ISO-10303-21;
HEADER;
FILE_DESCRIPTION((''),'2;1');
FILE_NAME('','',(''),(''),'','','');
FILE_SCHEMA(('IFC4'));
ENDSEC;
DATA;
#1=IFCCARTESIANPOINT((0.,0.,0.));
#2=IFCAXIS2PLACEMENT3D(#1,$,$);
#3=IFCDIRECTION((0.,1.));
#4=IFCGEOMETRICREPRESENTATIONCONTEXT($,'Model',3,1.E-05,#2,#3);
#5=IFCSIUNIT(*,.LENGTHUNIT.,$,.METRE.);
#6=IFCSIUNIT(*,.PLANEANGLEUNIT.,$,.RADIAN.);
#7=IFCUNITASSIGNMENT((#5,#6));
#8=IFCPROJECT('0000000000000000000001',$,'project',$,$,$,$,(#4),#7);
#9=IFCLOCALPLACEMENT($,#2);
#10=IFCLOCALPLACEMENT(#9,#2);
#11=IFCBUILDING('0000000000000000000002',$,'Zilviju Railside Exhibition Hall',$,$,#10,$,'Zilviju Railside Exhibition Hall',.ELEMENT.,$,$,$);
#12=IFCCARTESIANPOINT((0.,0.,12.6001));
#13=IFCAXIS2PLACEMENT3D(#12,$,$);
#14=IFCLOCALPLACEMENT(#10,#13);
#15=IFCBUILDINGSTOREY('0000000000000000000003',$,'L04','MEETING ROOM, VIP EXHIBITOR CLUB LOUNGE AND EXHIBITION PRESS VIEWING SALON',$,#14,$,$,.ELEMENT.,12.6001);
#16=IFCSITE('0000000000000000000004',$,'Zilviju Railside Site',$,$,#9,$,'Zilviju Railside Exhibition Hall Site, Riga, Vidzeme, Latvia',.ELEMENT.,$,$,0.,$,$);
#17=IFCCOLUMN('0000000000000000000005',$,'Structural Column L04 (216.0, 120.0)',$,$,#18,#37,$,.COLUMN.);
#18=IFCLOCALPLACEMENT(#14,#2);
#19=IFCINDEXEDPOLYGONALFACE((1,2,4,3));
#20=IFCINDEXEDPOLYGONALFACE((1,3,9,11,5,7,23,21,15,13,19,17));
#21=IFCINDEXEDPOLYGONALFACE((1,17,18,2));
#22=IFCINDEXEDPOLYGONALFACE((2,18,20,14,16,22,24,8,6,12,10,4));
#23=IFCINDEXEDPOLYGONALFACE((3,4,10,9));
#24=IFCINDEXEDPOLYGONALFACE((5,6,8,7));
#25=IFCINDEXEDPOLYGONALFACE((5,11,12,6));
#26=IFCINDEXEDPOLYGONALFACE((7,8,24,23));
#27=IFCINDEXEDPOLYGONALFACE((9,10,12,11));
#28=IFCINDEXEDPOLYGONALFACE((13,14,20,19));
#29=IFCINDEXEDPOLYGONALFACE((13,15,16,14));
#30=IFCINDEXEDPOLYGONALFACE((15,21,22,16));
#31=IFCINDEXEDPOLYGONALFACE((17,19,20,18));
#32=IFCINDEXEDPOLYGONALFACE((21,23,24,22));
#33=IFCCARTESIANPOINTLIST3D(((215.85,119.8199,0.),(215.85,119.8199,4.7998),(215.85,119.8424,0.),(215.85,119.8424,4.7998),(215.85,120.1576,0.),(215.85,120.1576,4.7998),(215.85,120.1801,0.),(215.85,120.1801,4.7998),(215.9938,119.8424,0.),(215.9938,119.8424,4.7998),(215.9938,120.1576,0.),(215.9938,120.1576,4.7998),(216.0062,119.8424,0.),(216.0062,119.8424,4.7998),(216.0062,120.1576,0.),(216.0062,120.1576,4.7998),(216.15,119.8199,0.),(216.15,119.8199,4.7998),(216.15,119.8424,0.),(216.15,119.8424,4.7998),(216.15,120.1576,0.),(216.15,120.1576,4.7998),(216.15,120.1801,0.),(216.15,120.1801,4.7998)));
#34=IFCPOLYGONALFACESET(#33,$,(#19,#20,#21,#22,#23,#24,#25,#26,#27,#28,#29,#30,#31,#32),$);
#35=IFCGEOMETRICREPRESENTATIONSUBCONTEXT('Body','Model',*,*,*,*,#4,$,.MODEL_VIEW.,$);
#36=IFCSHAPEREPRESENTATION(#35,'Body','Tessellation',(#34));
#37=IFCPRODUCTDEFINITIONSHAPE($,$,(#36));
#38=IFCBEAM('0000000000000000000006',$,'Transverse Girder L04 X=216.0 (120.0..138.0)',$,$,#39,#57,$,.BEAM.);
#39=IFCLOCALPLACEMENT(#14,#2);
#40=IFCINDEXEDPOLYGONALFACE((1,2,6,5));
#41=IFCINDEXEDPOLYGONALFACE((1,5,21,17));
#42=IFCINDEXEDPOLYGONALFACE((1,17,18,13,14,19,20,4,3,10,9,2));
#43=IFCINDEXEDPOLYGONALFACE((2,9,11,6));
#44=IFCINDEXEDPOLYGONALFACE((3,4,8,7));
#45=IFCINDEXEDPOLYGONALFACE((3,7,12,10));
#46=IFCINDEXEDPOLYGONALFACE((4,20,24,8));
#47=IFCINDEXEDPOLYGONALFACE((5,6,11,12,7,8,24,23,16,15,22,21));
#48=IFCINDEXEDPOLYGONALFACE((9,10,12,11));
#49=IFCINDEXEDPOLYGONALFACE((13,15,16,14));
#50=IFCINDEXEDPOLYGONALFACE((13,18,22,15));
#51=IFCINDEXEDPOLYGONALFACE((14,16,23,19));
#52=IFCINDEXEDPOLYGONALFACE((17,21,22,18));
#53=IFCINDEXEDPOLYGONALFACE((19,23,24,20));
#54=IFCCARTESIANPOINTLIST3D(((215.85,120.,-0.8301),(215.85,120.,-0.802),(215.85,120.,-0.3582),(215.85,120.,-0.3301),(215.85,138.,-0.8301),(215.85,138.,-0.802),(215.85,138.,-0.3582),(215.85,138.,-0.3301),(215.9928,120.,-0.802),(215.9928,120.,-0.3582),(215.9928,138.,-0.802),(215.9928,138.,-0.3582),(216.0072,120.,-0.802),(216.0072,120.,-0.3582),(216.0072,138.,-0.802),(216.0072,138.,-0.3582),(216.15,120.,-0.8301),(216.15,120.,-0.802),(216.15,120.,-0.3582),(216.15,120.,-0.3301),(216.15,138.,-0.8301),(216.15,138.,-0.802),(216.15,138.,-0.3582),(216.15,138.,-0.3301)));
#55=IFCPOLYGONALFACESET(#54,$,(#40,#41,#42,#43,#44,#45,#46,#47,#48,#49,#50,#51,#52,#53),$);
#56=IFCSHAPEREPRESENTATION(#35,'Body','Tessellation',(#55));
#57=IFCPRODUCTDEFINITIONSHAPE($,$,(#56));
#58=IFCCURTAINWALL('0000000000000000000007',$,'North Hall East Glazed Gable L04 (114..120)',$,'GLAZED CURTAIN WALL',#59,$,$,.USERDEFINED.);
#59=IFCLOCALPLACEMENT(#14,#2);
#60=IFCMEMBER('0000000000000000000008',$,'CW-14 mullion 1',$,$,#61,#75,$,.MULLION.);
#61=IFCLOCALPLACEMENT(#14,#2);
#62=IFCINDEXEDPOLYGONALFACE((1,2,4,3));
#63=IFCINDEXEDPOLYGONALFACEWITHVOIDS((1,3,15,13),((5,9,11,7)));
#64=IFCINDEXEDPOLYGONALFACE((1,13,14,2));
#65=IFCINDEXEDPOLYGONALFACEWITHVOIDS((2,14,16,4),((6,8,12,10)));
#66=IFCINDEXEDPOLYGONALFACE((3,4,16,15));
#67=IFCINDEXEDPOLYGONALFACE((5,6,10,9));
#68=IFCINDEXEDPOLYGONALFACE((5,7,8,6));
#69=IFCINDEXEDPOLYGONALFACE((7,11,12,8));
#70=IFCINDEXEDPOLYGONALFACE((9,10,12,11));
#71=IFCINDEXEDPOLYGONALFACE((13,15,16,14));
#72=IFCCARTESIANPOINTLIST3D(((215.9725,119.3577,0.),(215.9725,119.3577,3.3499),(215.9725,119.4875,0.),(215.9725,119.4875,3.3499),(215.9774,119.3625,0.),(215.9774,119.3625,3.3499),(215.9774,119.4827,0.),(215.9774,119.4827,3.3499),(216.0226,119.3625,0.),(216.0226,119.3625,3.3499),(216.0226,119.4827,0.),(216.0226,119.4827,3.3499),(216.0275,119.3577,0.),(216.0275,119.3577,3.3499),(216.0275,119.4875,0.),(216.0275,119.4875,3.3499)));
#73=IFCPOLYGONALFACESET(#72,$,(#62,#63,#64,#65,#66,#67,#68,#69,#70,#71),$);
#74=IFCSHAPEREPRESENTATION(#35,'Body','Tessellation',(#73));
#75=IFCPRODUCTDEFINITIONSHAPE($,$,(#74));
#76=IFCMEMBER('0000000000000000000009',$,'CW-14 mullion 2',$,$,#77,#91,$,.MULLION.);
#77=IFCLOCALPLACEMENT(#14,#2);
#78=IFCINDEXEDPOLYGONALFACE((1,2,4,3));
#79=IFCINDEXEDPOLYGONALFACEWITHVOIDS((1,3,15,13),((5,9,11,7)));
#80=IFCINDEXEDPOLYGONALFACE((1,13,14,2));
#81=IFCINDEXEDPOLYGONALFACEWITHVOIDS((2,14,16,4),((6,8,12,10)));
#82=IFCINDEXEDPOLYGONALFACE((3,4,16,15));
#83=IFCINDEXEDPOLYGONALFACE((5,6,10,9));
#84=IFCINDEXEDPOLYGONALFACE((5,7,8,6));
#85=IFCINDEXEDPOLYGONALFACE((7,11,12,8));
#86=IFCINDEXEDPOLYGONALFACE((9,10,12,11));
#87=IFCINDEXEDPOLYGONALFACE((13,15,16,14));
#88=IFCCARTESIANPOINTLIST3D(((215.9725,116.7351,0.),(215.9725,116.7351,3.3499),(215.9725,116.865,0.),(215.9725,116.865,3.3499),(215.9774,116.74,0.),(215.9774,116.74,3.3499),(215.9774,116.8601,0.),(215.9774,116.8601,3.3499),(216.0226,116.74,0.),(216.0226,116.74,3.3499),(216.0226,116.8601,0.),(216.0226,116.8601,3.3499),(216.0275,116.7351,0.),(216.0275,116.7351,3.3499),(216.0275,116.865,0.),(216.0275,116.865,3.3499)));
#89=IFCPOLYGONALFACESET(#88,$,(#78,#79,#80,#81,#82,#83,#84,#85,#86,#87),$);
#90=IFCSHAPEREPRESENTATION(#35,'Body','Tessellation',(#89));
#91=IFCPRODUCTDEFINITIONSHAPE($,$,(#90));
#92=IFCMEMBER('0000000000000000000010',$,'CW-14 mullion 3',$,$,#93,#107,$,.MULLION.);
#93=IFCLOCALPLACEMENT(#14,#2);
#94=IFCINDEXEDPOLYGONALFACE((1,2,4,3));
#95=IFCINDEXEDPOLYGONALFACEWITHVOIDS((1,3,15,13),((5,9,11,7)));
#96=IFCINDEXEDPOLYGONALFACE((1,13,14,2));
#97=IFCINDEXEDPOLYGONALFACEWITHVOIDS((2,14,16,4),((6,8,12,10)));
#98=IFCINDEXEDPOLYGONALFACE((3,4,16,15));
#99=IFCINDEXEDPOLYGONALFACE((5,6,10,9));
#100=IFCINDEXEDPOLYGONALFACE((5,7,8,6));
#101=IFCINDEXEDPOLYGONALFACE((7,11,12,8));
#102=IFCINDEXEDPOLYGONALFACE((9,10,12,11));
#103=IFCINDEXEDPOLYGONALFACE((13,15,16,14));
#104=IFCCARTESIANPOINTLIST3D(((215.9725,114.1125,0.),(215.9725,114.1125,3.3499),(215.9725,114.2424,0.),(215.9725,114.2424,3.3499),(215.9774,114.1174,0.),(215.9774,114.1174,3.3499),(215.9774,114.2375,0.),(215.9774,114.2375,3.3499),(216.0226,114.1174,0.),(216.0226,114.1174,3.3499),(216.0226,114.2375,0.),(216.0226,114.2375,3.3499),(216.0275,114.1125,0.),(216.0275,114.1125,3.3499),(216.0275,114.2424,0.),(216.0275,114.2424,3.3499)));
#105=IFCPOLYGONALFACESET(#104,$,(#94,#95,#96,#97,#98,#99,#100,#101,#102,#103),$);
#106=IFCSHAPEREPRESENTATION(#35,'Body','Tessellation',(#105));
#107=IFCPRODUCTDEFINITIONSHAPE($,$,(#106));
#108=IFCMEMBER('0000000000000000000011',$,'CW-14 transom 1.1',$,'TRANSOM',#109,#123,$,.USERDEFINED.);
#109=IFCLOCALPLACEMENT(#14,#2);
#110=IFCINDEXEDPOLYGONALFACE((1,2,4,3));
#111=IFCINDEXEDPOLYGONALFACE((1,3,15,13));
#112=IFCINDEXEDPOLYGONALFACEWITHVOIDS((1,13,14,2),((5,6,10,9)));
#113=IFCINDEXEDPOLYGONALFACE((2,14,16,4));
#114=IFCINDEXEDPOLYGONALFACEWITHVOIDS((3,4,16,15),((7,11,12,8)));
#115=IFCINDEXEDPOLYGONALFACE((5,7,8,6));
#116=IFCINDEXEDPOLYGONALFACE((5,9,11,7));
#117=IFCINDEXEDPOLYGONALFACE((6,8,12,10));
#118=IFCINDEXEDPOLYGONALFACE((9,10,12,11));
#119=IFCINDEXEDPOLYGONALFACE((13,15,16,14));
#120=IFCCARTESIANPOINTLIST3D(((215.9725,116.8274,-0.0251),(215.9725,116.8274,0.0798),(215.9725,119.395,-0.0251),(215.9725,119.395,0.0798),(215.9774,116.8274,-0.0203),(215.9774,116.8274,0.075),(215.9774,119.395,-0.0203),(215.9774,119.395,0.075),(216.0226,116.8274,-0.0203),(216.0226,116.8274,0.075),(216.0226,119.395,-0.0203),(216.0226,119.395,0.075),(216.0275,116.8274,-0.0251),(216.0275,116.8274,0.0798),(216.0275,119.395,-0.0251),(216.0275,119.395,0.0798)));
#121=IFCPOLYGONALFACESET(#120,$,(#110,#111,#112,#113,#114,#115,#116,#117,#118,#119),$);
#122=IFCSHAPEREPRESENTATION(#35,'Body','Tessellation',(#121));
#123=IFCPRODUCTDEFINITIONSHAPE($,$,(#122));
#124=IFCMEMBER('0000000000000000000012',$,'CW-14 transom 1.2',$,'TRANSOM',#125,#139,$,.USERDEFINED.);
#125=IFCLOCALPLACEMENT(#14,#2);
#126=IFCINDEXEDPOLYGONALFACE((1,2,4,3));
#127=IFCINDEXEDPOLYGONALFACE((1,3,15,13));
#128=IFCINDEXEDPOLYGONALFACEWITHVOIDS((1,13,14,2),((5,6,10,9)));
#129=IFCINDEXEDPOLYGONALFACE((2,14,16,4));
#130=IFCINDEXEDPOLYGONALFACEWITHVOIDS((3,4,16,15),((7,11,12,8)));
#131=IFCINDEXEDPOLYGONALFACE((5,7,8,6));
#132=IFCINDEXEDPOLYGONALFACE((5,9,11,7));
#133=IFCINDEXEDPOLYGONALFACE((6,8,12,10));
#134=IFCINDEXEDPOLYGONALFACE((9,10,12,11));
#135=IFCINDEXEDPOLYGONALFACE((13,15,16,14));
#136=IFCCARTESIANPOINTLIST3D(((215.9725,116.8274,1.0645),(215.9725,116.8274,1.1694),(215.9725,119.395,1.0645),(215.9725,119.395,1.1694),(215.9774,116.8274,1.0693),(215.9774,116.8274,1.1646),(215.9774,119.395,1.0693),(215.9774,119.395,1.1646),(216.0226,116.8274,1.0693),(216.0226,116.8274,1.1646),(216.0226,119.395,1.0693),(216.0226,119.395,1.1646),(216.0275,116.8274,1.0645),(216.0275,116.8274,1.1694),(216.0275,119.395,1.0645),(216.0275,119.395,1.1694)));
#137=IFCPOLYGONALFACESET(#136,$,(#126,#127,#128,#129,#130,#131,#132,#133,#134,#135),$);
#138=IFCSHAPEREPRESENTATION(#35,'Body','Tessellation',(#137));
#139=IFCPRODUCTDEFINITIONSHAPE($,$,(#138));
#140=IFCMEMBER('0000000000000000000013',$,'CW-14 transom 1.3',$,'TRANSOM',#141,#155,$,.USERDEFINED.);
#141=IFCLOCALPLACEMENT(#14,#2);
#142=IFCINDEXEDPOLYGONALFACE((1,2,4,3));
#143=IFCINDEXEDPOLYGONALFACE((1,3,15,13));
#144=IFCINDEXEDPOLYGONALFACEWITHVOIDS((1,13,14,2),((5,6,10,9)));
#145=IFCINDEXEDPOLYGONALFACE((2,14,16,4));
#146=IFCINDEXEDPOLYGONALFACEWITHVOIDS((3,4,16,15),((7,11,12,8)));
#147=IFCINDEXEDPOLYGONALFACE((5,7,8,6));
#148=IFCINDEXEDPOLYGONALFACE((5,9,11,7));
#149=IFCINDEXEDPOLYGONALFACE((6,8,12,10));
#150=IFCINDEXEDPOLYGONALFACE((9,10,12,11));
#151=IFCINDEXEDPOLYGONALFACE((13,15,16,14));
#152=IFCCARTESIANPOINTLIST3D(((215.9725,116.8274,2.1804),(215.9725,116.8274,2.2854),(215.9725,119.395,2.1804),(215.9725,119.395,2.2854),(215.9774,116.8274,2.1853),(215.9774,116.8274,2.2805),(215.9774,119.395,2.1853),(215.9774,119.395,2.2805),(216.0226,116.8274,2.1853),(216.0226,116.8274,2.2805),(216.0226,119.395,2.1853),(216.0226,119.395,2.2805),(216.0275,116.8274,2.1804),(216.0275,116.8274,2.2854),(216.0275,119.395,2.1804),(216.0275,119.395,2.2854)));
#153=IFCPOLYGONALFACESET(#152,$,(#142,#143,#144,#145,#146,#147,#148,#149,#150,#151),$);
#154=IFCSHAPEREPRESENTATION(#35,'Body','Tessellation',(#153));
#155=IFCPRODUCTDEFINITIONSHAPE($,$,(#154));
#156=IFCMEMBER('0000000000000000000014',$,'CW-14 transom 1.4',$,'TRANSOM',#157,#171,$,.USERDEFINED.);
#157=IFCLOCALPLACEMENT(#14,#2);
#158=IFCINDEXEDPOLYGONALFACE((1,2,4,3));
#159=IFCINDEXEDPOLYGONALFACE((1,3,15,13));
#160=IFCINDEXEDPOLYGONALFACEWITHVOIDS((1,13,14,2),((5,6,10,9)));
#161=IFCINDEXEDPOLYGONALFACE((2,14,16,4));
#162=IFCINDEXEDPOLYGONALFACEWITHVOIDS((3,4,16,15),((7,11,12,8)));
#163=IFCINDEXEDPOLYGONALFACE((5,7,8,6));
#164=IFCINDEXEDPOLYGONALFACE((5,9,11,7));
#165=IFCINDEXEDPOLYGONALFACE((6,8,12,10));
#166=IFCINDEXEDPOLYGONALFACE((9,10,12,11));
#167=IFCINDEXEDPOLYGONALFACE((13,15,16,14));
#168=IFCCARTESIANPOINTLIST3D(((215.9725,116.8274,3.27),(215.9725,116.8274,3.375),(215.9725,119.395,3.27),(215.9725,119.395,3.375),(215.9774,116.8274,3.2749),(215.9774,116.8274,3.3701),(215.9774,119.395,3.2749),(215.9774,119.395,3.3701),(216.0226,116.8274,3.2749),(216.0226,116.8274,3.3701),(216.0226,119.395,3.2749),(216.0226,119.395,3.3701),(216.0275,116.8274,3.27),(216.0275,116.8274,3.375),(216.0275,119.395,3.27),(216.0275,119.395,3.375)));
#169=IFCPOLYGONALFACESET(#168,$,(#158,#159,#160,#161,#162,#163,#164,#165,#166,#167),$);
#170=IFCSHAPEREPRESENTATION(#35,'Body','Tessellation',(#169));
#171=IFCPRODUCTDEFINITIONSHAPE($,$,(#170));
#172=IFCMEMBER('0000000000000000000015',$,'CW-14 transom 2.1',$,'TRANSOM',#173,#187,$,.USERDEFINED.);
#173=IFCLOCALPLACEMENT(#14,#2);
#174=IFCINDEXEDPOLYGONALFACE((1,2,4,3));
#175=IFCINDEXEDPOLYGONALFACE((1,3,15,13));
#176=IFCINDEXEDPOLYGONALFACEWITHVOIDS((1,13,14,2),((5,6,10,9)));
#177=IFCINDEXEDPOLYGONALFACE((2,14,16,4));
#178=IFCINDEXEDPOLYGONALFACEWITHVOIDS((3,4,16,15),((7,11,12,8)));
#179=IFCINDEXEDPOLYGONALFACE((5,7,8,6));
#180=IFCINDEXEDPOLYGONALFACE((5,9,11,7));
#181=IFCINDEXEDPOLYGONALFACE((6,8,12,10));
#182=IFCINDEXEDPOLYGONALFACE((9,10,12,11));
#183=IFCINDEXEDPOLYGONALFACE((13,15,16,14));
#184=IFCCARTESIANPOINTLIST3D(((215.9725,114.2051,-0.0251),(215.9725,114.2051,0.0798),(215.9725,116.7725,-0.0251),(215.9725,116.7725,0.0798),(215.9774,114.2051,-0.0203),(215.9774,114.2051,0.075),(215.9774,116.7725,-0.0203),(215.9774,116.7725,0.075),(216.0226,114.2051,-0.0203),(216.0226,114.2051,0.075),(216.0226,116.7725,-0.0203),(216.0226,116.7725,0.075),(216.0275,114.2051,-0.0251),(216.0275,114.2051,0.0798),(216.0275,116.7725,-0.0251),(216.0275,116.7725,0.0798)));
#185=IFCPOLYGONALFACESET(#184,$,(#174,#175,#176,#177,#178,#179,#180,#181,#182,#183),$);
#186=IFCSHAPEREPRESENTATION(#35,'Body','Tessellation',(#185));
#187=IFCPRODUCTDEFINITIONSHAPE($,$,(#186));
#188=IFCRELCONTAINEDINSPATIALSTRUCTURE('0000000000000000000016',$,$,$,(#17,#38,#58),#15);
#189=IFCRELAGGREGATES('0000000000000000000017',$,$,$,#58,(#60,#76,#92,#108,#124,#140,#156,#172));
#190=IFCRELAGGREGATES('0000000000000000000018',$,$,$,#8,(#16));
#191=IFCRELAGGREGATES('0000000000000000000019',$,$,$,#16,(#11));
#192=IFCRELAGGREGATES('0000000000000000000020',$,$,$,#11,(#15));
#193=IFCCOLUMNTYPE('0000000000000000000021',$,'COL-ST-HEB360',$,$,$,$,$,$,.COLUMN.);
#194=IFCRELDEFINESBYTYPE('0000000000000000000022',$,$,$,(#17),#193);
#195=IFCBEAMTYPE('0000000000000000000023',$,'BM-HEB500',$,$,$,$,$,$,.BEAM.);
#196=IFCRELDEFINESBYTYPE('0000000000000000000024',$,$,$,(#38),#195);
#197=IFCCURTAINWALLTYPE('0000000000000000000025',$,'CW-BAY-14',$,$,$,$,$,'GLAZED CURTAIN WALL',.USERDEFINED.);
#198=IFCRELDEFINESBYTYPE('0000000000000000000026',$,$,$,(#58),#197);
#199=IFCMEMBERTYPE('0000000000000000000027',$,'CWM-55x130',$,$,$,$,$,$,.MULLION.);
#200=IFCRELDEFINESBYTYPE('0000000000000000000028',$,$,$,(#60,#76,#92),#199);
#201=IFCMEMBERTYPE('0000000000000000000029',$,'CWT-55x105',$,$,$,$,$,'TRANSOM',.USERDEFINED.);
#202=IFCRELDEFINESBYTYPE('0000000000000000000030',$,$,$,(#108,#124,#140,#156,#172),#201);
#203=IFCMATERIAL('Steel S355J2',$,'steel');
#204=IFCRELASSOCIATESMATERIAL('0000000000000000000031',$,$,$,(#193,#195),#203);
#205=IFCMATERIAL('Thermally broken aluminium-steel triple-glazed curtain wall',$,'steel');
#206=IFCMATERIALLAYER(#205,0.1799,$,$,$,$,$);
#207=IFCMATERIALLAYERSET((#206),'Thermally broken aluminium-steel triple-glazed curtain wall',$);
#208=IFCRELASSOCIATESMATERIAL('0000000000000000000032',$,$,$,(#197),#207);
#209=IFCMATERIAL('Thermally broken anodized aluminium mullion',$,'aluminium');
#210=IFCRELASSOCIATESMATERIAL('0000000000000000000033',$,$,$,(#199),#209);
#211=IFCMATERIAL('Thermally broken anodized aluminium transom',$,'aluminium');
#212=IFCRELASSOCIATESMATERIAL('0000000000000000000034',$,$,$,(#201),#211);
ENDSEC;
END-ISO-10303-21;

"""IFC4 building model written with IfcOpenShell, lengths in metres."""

from ifc_helpers import new_model, si_unit, direction, frame, origin, origin_2d, place, context, subcontext, project, spatial, hollow_rectangle, i_section, extrude, material, layer, layer_set, material_profile, profile_set, type_object, element, aggregate, save


model = new_model("IFC4")

# Units and contexts
model_context = context("Model", 3, precision=1e-05, world=origin(), true_north=direction((0.0, 1.0)))
body_context = subcontext(model_context, "Body", "Model", "MODEL_VIEW")
ifc_project = project(units=[si_unit("LENGTHUNIT", "METRE"), si_unit("PLANEANGLEUNIT", "RADIAN")], contexts=[model_context])

# Site, building, storey
site_placement = place(None, origin())
site = spatial("IfcSite", under=ifc_project, at=site_placement, Name="Zilviju Railside Site", LongName="Zilviju Railside Exhibition Hall Site, Riga, Vidzeme, Latvia", CompositionType="ELEMENT", RefElevation=0.0)
building_placement = place(site_placement, origin())
building = spatial("IfcBuilding", under=site, at=building_placement, Name="Zilviju Railside Exhibition Hall", LongName="Zilviju Railside Exhibition Hall", CompositionType="ELEMENT")
storey_placement = place(building_placement, frame((0.0, 0.0, 12.6001)))
storey = spatial("IfcBuildingStorey", under=building, at=storey_placement, Name="L04", Description="MEETING ROOM, VIP EXHIBITOR CLUB LOUNGE AND EXHIBITION PRESS VIEWING SALON", CompositionType="ELEMENT", Elevation=12.6001)

# Column
ifc_material_1 = material(Name="Steel S355J2", Category="steel")
ifc_material_profile_1 = material_profile(ifc_material_1, i_section(OverallWidth=0.3, OverallDepth=0.3601, WebThickness=0.0125, FlangeThickness=0.0225, at=origin_2d()), Name="HEB 360")
ifc_profile_set_1 = profile_set([ifc_material_profile_1], Name="Steel S355J2")
column_type = type_object("IfcColumnType", Name="COL-ST-HEB360", PredefinedType="COLUMN", material=ifc_profile_set_1)
column_placement = place(storey_placement, frame((216.0, 120.0, 0.0), z_axis=(0.0, 0.0, 1.0), x_axis=(1.0, 0.0, 0.0)))
element("IfcColumn", 1, at=column_placement, inside=storey, type_object=column_type, Name="Structural Column L04 (216.0, 120.0)", PredefinedType="COLUMN", context=body_context, shape_type="SweptSolid", body=[
    extrude(i_section(OverallWidth=0.3, OverallDepth=0.3601, WebThickness=0.0125, FlangeThickness=0.0225, at=origin_2d()), origin(), (0.0, 0.0, 1.0), 4.7998),
])

# Beam
ifc_material_profile_2 = material_profile(ifc_material_1, i_section(OverallWidth=0.3, OverallDepth=0.5, WebThickness=0.0144, FlangeThickness=0.0281, at=origin_2d()), Name="HEB 500")
ifc_profile_set_2 = profile_set([ifc_material_profile_2], Name="Steel S355J2")
beam_type = type_object("IfcBeamType", Name="BM-HEB500", PredefinedType="BEAM", material=ifc_profile_set_2)
beam_placement = place(storey_placement, frame((216.0, 120.0, -0.5801), z_axis=(0.0, 1.0, 0.0), x_axis=(-1.0, 0.0, 0.0)))
element("IfcBeam", 2, at=beam_placement, inside=storey, type_object=beam_type, Name="Transverse Girder L04 X=216.0 (120.0..138.0)", PredefinedType="BEAM", context=body_context, shape_type="SweptSolid", body=[
    extrude(i_section(OverallWidth=0.3, OverallDepth=0.5, WebThickness=0.0144, FlangeThickness=0.0281, at=origin_2d()), origin(), (0.0, 0.0, 1.0), 18.0),
])

# Curtain wall, members
ifc_material_2 = material(Name="Thermally broken aluminium-steel triple-glazed curtain wall", Category="steel")
ifc_layer_1 = layer(ifc_material_2, 0.1799)
ifc_layer_set_1 = layer_set([ifc_layer_1], Name="Thermally broken aluminium-steel triple-glazed curtain wall")
curtain_wall_type = type_object("IfcCurtainWallType", Name="CW-BAY-14", ElementType="GLAZED CURTAIN WALL", PredefinedType="USERDEFINED", material=ifc_layer_set_1)
curtain_wall_placement = place(storey_placement, origin())
curtain_wall = element("IfcCurtainWall", 3, at=curtain_wall_placement, inside=storey, type_object=curtain_wall_type, Name="North Hall East Glazed Gable L04 (114..120)", ObjectType="GLAZED CURTAIN WALL", PredefinedType="USERDEFINED")
ifc_material_3 = material(Name="Thermally broken anodized aluminium mullion", Category="aluminium")
ifc_material_profile_3 = material_profile(ifc_material_3, hollow_rectangle(XDim=0.0549, YDim=0.1299, WallThickness=0.0049, at=origin_2d()), Name="MULLION 130x55x5")
ifc_profile_set_3 = profile_set([ifc_material_profile_3], Name="Thermally broken anodized aluminium mullion")
member_type_1 = type_object("IfcMemberType", Name="CWM-55x130", PredefinedType="MULLION", material=ifc_profile_set_3)
member_1_placement = place(storey_placement, frame((216.0, 119.4226, 0.0), z_axis=(0.0, 0.0, 1.0), x_axis=(1.0, 0.0, 0.0)))
member_1 = element("IfcMember", 4, at=member_1_placement, type_object=member_type_1, Name="CW-14 mullion 1", PredefinedType="MULLION", context=body_context, shape_type="SweptSolid", body=[
    extrude(hollow_rectangle(XDim=0.0549, YDim=0.1299, WallThickness=0.0049, at=origin_2d()), origin(), (0.0, 0.0, 1.0), 3.3499),
])
member_2_placement = place(storey_placement, frame((216.0, 116.8, 0.0), z_axis=(0.0, 0.0, 1.0), x_axis=(1.0, 0.0, 0.0)))
member_2 = element("IfcMember", 5, at=member_2_placement, type_object=member_type_1, Name="CW-14 mullion 2", PredefinedType="MULLION", context=body_context, shape_type="SweptSolid", body=[
    extrude(hollow_rectangle(XDim=0.0549, YDim=0.1299, WallThickness=0.0049, at=origin_2d()), origin(), (0.0, 0.0, 1.0), 3.3499),
])
member_3_placement = place(storey_placement, frame((216.0, 114.1775, 0.0), z_axis=(0.0, 0.0, 1.0), x_axis=(1.0, 0.0, 0.0)))
member_3 = element("IfcMember", 6, at=member_3_placement, type_object=member_type_1, Name="CW-14 mullion 3", PredefinedType="MULLION", context=body_context, shape_type="SweptSolid", body=[
    extrude(hollow_rectangle(XDim=0.0549, YDim=0.1299, WallThickness=0.0049, at=origin_2d()), origin(), (0.0, 0.0, 1.0), 3.3499),
])
ifc_material_4 = material(Name="Thermally broken anodized aluminium transom", Category="aluminium")
ifc_material_profile_4 = material_profile(ifc_material_4, hollow_rectangle(XDim=0.0549, YDim=0.105, WallThickness=0.0049, at=origin_2d()), Name="TRANSOM 105x55x5")
ifc_profile_set_4 = profile_set([ifc_material_profile_4], Name="Thermally broken anodized aluminium transom")
member_type_2 = type_object("IfcMemberType", Name="CWT-55x105", ElementType="TRANSOM", PredefinedType="USERDEFINED", material=ifc_profile_set_4)
member_4_placement = place(storey_placement, frame((216.0, 119.395, 0.0273), z_axis=(0.0, -1.0, 0.0), x_axis=(1.0, 0.0, 0.0)))
member_4 = element("IfcMember", 7, at=member_4_placement, type_object=member_type_2, Name="CW-14 transom 1.1", ObjectType="TRANSOM", PredefinedType="USERDEFINED", context=body_context, shape_type="SweptSolid", body=[
    extrude(hollow_rectangle(XDim=0.0549, YDim=0.105, WallThickness=0.0049, at=origin_2d()), origin(), (0.0, 0.0, 1.0), 2.5676),
])
member_5_placement = place(storey_placement, frame((216.0, 119.395, 1.1169), z_axis=(0.0, -1.0, 0.0), x_axis=(1.0, 0.0, 0.0)))
member_5 = element("IfcMember", 8, at=member_5_placement, type_object=member_type_2, Name="CW-14 transom 1.2", ObjectType="TRANSOM", PredefinedType="USERDEFINED", context=body_context, shape_type="SweptSolid", body=[
    extrude(hollow_rectangle(XDim=0.0549, YDim=0.105, WallThickness=0.0049, at=origin_2d()), origin(), (0.0, 0.0, 1.0), 2.5676),
])
member_6_placement = place(storey_placement, frame((216.0, 119.395, 2.2329), z_axis=(0.0, -1.0, 0.0), x_axis=(1.0, 0.0, 0.0)))
member_6 = element("IfcMember", 9, at=member_6_placement, type_object=member_type_2, Name="CW-14 transom 1.3", ObjectType="TRANSOM", PredefinedType="USERDEFINED", context=body_context, shape_type="SweptSolid", body=[
    extrude(hollow_rectangle(XDim=0.0549, YDim=0.105, WallThickness=0.0049, at=origin_2d()), origin(), (0.0, 0.0, 1.0), 2.5676),
])
member_7_placement = place(storey_placement, frame((216.0, 119.395, 3.3225), z_axis=(0.0, -1.0, 0.0), x_axis=(1.0, 0.0, 0.0)))
member_7 = element("IfcMember", 10, at=member_7_placement, type_object=member_type_2, Name="CW-14 transom 1.4", ObjectType="TRANSOM", PredefinedType="USERDEFINED", context=body_context, shape_type="SweptSolid", body=[
    extrude(hollow_rectangle(XDim=0.0549, YDim=0.105, WallThickness=0.0049, at=origin_2d()), origin(), (0.0, 0.0, 1.0), 2.5676),
])
member_8_placement = place(storey_placement, frame((216.0, 116.7725, 0.0273), z_axis=(0.0, -1.0, 0.0), x_axis=(1.0, 0.0, 0.0)))
member_8 = element("IfcMember", 11, at=member_8_placement, type_object=member_type_2, Name="CW-14 transom 2.1", ObjectType="TRANSOM", PredefinedType="USERDEFINED", context=body_context, shape_type="SweptSolid", body=[
    extrude(hollow_rectangle(XDim=0.0549, YDim=0.105, WallThickness=0.0049, at=origin_2d()), origin(), (0.0, 0.0, 1.0), 2.5674),
])
aggregate(curtain_wall, [member_1, member_2, member_3, member_4, member_5, member_6, member_7, member_8])

save(model, "model.ifc")
